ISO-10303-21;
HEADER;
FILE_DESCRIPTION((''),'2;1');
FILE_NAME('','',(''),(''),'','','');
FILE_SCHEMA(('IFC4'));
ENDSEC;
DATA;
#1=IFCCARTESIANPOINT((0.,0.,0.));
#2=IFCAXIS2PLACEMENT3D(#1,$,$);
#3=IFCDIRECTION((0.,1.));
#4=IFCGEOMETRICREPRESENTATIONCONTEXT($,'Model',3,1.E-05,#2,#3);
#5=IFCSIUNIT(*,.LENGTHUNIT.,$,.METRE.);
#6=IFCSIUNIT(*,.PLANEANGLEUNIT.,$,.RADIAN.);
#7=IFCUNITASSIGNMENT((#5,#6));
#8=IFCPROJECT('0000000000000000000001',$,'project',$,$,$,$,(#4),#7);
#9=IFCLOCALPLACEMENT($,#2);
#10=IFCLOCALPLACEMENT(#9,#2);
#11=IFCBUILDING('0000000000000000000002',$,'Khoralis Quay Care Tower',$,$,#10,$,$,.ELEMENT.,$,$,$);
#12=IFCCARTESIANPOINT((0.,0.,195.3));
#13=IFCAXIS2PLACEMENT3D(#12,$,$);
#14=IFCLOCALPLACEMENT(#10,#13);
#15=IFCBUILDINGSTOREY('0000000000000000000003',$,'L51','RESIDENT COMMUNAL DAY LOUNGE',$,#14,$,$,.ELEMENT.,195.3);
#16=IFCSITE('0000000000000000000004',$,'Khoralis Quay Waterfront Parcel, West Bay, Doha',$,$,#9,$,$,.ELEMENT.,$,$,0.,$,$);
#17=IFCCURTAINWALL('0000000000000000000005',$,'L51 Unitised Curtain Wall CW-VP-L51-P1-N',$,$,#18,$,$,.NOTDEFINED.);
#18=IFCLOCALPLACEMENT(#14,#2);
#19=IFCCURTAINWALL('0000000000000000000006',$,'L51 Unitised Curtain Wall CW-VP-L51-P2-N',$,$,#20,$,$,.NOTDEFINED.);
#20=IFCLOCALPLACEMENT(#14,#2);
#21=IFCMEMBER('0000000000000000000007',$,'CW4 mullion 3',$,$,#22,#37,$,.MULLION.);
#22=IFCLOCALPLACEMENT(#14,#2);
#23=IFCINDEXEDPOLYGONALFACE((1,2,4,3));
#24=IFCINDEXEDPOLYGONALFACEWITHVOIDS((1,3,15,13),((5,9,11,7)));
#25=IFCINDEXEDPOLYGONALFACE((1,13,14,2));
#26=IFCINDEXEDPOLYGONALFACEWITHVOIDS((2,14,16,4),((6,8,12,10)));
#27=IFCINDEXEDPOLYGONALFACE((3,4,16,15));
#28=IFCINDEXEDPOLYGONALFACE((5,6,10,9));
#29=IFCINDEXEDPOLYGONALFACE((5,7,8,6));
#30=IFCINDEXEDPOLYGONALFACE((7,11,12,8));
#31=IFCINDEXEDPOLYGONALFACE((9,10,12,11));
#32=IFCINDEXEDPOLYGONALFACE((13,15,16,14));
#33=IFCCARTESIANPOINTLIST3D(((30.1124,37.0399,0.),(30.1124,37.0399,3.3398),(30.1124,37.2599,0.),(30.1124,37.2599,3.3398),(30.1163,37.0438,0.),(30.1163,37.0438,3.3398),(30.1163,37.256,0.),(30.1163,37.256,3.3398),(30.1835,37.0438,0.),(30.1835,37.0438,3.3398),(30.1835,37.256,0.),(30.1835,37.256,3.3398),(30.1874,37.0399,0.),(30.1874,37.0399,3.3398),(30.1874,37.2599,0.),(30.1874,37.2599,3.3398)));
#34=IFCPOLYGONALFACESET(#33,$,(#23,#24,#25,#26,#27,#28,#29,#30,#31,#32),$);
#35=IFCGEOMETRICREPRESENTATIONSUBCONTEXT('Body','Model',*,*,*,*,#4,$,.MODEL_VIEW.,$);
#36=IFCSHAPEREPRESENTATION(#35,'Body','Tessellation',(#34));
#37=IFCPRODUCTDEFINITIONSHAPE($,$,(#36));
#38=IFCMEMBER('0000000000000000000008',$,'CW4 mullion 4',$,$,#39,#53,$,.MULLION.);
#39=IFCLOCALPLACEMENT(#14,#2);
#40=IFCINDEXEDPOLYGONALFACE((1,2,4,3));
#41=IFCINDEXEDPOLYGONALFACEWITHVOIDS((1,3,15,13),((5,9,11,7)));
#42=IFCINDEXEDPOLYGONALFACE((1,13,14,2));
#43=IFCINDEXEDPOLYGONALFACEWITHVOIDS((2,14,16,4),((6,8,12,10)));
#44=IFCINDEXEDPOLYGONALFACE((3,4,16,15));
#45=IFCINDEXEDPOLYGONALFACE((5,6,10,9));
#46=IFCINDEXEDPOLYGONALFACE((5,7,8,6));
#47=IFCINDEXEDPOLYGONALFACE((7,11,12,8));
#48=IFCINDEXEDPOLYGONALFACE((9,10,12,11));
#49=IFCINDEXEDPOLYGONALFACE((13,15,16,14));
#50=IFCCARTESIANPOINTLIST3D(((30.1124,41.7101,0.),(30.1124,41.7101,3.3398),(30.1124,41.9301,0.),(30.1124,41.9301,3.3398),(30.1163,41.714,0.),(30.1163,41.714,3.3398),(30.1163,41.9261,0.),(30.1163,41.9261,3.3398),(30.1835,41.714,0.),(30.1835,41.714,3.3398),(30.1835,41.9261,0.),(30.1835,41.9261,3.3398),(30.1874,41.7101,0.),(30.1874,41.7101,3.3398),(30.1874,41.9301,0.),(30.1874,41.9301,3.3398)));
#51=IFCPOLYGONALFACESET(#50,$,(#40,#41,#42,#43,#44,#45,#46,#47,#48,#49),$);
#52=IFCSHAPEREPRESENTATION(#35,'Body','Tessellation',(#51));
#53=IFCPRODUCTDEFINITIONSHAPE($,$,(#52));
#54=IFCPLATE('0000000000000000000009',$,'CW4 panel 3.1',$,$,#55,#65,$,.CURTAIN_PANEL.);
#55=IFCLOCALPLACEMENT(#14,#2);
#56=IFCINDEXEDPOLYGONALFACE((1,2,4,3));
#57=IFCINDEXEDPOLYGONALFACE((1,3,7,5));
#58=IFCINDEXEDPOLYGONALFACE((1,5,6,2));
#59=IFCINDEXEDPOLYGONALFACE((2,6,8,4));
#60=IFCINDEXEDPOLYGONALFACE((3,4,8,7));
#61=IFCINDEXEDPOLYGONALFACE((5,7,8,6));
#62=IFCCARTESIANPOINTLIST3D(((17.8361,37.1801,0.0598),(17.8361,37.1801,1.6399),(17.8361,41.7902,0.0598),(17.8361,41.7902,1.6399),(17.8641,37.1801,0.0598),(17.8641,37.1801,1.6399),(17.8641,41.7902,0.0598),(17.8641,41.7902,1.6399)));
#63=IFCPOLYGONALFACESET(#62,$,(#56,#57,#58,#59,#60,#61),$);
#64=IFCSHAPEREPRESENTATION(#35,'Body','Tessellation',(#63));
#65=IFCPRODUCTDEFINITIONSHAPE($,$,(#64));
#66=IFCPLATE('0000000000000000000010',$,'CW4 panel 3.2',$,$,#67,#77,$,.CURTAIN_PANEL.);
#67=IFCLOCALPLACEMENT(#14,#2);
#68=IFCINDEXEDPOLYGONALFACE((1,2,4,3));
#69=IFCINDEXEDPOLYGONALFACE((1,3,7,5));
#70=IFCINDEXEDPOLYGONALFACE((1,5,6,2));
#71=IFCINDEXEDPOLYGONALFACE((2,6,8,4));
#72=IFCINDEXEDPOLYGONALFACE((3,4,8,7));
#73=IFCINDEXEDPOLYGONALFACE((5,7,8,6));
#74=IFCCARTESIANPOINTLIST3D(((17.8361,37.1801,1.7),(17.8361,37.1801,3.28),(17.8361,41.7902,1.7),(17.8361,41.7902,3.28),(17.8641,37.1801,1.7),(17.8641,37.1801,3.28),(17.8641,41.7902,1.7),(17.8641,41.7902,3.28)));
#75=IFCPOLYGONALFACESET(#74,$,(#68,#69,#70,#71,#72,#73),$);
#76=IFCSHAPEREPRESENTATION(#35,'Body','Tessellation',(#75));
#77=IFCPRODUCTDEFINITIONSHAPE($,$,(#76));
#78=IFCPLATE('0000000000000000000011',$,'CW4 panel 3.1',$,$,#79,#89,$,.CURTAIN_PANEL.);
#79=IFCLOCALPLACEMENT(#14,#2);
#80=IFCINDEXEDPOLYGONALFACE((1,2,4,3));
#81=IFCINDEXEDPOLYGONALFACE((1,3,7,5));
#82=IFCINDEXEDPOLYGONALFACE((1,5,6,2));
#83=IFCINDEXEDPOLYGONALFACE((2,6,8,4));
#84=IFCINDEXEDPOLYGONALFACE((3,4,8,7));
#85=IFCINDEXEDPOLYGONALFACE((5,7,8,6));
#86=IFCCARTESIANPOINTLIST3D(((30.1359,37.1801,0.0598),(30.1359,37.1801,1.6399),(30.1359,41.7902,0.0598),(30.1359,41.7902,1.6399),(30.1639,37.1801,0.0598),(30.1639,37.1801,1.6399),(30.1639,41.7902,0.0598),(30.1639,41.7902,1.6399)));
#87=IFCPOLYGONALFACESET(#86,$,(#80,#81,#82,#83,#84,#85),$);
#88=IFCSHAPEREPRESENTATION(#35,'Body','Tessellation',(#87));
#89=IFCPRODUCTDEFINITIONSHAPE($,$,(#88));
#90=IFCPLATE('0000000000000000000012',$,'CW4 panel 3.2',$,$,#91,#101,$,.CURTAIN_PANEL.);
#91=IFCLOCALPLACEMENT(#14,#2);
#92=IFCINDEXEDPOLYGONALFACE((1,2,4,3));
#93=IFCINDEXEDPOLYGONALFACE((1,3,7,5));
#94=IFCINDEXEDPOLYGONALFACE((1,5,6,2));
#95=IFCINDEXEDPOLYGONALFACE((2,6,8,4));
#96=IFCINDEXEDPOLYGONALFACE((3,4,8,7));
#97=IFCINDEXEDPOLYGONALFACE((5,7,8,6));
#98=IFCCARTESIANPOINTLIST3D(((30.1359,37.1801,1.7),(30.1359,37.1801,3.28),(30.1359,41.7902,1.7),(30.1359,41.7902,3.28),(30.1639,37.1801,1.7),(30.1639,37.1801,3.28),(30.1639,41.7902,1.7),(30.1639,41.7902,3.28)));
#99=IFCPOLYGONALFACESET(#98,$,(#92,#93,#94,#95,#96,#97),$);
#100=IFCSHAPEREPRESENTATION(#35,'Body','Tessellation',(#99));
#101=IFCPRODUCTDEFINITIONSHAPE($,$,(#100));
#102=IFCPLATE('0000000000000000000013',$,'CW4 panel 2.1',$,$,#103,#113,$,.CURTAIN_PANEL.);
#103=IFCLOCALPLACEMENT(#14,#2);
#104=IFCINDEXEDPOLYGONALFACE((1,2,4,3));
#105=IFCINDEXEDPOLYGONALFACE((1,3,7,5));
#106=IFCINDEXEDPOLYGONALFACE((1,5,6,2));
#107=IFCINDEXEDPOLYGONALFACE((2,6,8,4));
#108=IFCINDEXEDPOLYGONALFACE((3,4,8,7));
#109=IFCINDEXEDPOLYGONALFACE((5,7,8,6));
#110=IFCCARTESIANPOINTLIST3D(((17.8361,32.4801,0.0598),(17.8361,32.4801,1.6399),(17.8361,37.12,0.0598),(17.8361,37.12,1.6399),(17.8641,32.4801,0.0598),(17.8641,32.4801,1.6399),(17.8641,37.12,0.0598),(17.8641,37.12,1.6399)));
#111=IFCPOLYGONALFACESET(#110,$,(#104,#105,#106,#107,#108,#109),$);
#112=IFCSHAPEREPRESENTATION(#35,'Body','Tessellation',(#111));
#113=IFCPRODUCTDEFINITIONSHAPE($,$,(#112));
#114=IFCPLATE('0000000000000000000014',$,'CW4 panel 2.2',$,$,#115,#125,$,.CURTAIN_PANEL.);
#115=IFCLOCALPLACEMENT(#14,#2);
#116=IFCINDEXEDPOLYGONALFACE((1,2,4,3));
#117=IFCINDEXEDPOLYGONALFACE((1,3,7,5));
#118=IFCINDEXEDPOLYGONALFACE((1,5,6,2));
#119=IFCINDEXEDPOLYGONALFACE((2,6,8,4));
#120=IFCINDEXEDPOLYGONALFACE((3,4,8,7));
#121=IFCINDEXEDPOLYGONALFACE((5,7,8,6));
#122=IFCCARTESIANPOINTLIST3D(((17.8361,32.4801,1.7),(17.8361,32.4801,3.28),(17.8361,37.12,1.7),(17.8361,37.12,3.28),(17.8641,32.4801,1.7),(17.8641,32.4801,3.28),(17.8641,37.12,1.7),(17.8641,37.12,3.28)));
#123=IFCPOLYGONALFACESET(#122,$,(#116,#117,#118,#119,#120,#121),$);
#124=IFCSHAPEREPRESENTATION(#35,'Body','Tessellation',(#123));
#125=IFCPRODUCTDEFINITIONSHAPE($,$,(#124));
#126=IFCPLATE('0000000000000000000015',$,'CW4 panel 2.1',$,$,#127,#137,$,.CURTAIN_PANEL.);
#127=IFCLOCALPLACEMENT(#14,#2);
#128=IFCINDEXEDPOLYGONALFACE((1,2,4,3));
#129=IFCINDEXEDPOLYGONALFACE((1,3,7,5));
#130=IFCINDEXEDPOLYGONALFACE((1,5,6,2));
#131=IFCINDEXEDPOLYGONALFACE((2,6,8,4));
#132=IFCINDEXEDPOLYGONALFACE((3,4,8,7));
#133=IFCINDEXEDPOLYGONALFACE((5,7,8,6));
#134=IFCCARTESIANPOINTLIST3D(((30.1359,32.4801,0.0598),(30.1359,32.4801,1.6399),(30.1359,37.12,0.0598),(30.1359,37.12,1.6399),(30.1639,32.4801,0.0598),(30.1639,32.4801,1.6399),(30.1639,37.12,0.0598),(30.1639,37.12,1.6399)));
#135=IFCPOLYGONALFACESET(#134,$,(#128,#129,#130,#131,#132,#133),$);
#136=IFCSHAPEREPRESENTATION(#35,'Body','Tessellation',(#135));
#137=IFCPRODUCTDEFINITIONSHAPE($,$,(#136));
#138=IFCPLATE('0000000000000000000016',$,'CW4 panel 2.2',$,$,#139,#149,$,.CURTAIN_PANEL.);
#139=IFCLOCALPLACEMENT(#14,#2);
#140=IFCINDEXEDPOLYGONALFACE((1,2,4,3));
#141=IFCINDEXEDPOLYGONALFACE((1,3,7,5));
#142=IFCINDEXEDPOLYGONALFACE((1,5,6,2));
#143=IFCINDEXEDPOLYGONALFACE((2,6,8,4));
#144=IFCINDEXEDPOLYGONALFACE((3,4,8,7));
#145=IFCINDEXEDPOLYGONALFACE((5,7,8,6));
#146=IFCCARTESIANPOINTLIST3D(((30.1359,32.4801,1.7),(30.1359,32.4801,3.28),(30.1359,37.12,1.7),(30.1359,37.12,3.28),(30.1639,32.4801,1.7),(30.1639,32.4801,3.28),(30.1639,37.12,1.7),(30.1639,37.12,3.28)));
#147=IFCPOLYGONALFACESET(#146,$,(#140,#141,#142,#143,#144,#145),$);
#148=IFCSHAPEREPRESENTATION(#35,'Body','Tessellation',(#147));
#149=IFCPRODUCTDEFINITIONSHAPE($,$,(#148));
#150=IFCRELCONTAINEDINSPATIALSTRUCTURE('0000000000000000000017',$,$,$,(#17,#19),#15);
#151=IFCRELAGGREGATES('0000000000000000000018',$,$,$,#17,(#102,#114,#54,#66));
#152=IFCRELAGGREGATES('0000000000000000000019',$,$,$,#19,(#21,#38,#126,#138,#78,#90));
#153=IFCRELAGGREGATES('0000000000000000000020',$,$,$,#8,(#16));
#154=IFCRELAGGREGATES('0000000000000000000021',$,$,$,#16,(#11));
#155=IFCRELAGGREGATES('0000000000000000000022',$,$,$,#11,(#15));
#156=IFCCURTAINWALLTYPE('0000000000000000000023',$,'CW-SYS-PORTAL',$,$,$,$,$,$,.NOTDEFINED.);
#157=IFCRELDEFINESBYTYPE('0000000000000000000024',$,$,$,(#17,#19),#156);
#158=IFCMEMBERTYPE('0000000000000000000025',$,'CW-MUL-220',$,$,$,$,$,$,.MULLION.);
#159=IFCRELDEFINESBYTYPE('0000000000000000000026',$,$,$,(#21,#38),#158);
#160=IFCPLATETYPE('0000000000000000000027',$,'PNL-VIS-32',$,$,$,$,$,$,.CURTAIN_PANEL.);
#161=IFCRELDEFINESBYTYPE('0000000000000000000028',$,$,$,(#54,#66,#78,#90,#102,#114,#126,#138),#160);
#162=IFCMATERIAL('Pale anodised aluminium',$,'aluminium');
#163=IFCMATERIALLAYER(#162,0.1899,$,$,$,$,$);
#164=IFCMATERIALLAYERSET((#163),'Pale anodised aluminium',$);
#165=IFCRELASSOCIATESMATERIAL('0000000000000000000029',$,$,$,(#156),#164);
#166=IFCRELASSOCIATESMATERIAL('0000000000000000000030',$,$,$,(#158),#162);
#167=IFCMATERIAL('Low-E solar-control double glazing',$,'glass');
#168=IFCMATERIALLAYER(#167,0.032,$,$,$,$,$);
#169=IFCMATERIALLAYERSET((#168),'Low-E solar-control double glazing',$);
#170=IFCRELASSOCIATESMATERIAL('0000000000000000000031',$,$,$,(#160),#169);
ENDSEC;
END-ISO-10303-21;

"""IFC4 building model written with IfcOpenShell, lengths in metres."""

from ifc_helpers import new_model, si_unit, direction, frame, origin, origin_2d, place, context, subcontext, project, spatial, rectangle, hollow_rectangle, extrude, source, transform, mapped, material, layer, layer_set, material_profile, profile_set, type_object, element, aggregate, save


model = new_model("IFC4")

# Units and contexts
model_context = context("Model", 3, precision=1e-05, world=origin(), true_north=direction((0.0, 1.0)))
body_context = subcontext(model_context, "Body", "Model", "MODEL_VIEW")
ifc_project = project(units=[si_unit("LENGTHUNIT", "METRE"), si_unit("PLANEANGLEUNIT", "RADIAN")], contexts=[model_context])

# Site, building, storey
site_placement = place(None, origin())
site = spatial("IfcSite", under=ifc_project, at=site_placement, Name="Khoralis Quay Waterfront Parcel, West Bay, Doha", CompositionType="ELEMENT", RefElevation=0.0)
building_placement = place(site_placement, origin())
building = spatial("IfcBuilding", under=site, at=building_placement, Name="Khoralis Quay Care Tower", CompositionType="ELEMENT")
storey_placement = place(building_placement, frame((0.0, 0.0, 195.3)))
storey = spatial("IfcBuildingStorey", under=building, at=storey_placement, Name="L51", Description="RESIDENT COMMUNAL DAY LOUNGE", CompositionType="ELEMENT", Elevation=195.3)

# Curtain walls
ifc_material_1 = material(Name="Pale anodised aluminium", Category="aluminium")
ifc_layer_1 = layer(ifc_material_1, 0.1899)
ifc_layer_set_1 = layer_set([ifc_layer_1], Name="Pale anodised aluminium")
curtain_wall_type = type_object("IfcCurtainWallType", Name="CW-SYS-PORTAL", PredefinedType="NOTDEFINED", material=ifc_layer_set_1)
curtain_wall_1_placement = place(storey_placement, origin())
curtain_wall_1 = element("IfcCurtainWall", 1, at=curtain_wall_1_placement, inside=storey, type_object=curtain_wall_type, Name="L51 Unitised Curtain Wall CW-VP-L51-P1-N", PredefinedType="NOTDEFINED")
curtain_wall_2_placement = place(storey_placement, origin())
curtain_wall_2 = element("IfcCurtainWall", 2, at=curtain_wall_2_placement, inside=storey, type_object=curtain_wall_type, Name="L51 Unitised Curtain Wall CW-VP-L51-P2-N", PredefinedType="NOTDEFINED")

# Members
ifc_material_profile_1 = material_profile(ifc_material_1, hollow_rectangle(XDim=0.075, YDim=0.22, WallThickness=0.0039, at=origin_2d()), Name="Pale anodised aluminium")
ifc_profile_set_1 = profile_set([ifc_material_profile_1], Name="Pale anodised aluminium")
member_type_1 = type_object("IfcMemberType", Name="CW-MUL-220", PredefinedType="MULLION", material=ifc_profile_set_1)
shared_shape_1 = source(origin(), body_context, "Body", "SweptSolid", [
    extrude(hollow_rectangle(XDim=0.075, YDim=0.22, WallThickness=0.0039, at=origin_2d()), origin(), (0.0, 0.0, 1.0), 3.3398),
])
member_1_placement = place(storey_placement, frame((30.1499, 37.1499, 0.0), z_axis=(0.0, 0.0, 1.0), x_axis=(-1.0, 0.0, 0.0)))
member_1 = element("IfcMember", 3, at=member_1_placement, type_object=member_type_1, Name="CW4 mullion 3", PredefinedType="MULLION", context=body_context, shape_type="MappedRepresentation", body=[
    mapped(shared_shape_1, transform((0.0, 0.0, 0.0), scale=1.0)),
])
member_2_placement = place(storey_placement, frame((30.1499, 41.8201, 0.0), z_axis=(0.0, 0.0, 1.0), x_axis=(-1.0, 0.0, 0.0)))
member_2 = element("IfcMember", 4, at=member_2_placement, type_object=member_type_1, Name="CW4 mullion 4", PredefinedType="MULLION", context=body_context, shape_type="MappedRepresentation", body=[
    mapped(shared_shape_1, transform((0.0, 0.0, 0.0), scale=1.0)),
])

# Plates
ifc_material_2 = material(Name="Low-E solar-control double glazing", Category="glass")
ifc_layer_2 = layer(ifc_material_2, 0.032)
ifc_layer_set_2 = layer_set([ifc_layer_2], Name="Low-E solar-control double glazing")
plate_type = type_object("IfcPlateType", Name="PNL-VIS-32", PredefinedType="CURTAIN_PANEL", material=ifc_layer_set_2)
shared_shape_2 = source(origin(), body_context, "Body", "SweptSolid", [
    extrude(rectangle(XDim=4.6101, YDim=0.0281, at=origin_2d()), origin(), (0.0, 0.0, 1.0), 1.5801),
])
plate_1_placement = place(storey_placement, frame((17.8501, 39.4851, 0.0598), z_axis=(0.0, 0.0, 1.0), x_axis=(0.0, 1.0, 0.0)))
plate_1 = element("IfcPlate", 5, at=plate_1_placement, type_object=plate_type, Name="CW4 panel 3.1", PredefinedType="CURTAIN_PANEL", context=body_context, shape_type="MappedRepresentation", body=[
    mapped(shared_shape_2, transform((0.0, 0.0, 0.0), scale=1.0)),
])
plate_2_placement = place(storey_placement, frame((17.8501, 39.4851, 1.7), z_axis=(0.0, 0.0, 1.0), x_axis=(0.0, 1.0, 0.0)))
plate_2 = element("IfcPlate", 6, at=plate_2_placement, type_object=plate_type, Name="CW4 panel 3.2", PredefinedType="CURTAIN_PANEL", context=body_context, shape_type="MappedRepresentation", body=[
    mapped(shared_shape_2, transform((0.0, 0.0, 0.0), scale=1.0)),
])
plate_3_placement = place(storey_placement, frame((30.1499, 39.4851, 0.0598), z_axis=(0.0, 0.0, 1.0), x_axis=(0.0, 1.0, 0.0)))
plate_3 = element("IfcPlate", 7, at=plate_3_placement, type_object=plate_type, Name="CW4 panel 3.1", PredefinedType="CURTAIN_PANEL", context=body_context, shape_type="MappedRepresentation", body=[
    mapped(shared_shape_2, transform((0.0, 0.0, 0.0), scale=1.0)),
])
plate_4_placement = place(storey_placement, frame((30.1499, 39.4851, 1.7), z_axis=(0.0, 0.0, 1.0), x_axis=(0.0, 1.0, 0.0)))
plate_4 = element("IfcPlate", 8, at=plate_4_placement, type_object=plate_type, Name="CW4 panel 3.2", PredefinedType="CURTAIN_PANEL", context=body_context, shape_type="MappedRepresentation", body=[
    mapped(shared_shape_2, transform((0.0, 0.0, 0.0), scale=1.0)),
])
shared_shape_3 = source(origin(), body_context, "Body", "SweptSolid", [
    extrude(rectangle(XDim=4.6399, YDim=0.0281, at=origin_2d()), origin(), (0.0, 0.0, 1.0), 1.5801),
])
plate_5_placement = place(storey_placement, frame((17.8501, 34.8, 0.0598), z_axis=(0.0, 0.0, 1.0), x_axis=(0.0, 1.0, 0.0)))
plate_5 = element("IfcPlate", 9, at=plate_5_placement, type_object=plate_type, Name="CW4 panel 2.1", PredefinedType="CURTAIN_PANEL", context=body_context, shape_type="MappedRepresentation", body=[
    mapped(shared_shape_3, transform((0.0, 0.0, 0.0), scale=1.0)),
])
plate_6_placement = place(storey_placement, frame((17.8501, 34.8, 1.7), z_axis=(0.0, 0.0, 1.0), x_axis=(0.0, 1.0, 0.0)))
plate_6 = element("IfcPlate", 10, at=plate_6_placement, type_object=plate_type, Name="CW4 panel 2.2", PredefinedType="CURTAIN_PANEL", context=body_context, shape_type="MappedRepresentation", body=[
    mapped(shared_shape_3, transform((0.0, 0.0, 0.0), scale=1.0)),
])
aggregate(curtain_wall_1, [plate_5, plate_6, plate_1, plate_2])
plate_7_placement = place(storey_placement, frame((30.1499, 34.8, 0.0598), z_axis=(0.0, 0.0, 1.0), x_axis=(0.0, 1.0, 0.0)))
plate_7 = element("IfcPlate", 11, at=plate_7_placement, type_object=plate_type, Name="CW4 panel 2.1", PredefinedType="CURTAIN_PANEL", context=body_context, shape_type="MappedRepresentation", body=[
    mapped(shared_shape_3, transform((0.0, 0.0, 0.0), scale=1.0)),
])
plate_8_placement = place(storey_placement, frame((30.1499, 34.8, 1.7), z_axis=(0.0, 0.0, 1.0), x_axis=(0.0, 1.0, 0.0)))
plate_8 = element("IfcPlate", 12, at=plate_8_placement, type_object=plate_type, Name="CW4 panel 2.2", PredefinedType="CURTAIN_PANEL", context=body_context, shape_type="MappedRepresentation", body=[
    mapped(shared_shape_3, transform((0.0, 0.0, 0.0), scale=1.0)),
])
aggregate(curtain_wall_2, [member_1, member_2, plate_7, plate_8, plate_3, plate_4])

save(model, "model.ifc")
